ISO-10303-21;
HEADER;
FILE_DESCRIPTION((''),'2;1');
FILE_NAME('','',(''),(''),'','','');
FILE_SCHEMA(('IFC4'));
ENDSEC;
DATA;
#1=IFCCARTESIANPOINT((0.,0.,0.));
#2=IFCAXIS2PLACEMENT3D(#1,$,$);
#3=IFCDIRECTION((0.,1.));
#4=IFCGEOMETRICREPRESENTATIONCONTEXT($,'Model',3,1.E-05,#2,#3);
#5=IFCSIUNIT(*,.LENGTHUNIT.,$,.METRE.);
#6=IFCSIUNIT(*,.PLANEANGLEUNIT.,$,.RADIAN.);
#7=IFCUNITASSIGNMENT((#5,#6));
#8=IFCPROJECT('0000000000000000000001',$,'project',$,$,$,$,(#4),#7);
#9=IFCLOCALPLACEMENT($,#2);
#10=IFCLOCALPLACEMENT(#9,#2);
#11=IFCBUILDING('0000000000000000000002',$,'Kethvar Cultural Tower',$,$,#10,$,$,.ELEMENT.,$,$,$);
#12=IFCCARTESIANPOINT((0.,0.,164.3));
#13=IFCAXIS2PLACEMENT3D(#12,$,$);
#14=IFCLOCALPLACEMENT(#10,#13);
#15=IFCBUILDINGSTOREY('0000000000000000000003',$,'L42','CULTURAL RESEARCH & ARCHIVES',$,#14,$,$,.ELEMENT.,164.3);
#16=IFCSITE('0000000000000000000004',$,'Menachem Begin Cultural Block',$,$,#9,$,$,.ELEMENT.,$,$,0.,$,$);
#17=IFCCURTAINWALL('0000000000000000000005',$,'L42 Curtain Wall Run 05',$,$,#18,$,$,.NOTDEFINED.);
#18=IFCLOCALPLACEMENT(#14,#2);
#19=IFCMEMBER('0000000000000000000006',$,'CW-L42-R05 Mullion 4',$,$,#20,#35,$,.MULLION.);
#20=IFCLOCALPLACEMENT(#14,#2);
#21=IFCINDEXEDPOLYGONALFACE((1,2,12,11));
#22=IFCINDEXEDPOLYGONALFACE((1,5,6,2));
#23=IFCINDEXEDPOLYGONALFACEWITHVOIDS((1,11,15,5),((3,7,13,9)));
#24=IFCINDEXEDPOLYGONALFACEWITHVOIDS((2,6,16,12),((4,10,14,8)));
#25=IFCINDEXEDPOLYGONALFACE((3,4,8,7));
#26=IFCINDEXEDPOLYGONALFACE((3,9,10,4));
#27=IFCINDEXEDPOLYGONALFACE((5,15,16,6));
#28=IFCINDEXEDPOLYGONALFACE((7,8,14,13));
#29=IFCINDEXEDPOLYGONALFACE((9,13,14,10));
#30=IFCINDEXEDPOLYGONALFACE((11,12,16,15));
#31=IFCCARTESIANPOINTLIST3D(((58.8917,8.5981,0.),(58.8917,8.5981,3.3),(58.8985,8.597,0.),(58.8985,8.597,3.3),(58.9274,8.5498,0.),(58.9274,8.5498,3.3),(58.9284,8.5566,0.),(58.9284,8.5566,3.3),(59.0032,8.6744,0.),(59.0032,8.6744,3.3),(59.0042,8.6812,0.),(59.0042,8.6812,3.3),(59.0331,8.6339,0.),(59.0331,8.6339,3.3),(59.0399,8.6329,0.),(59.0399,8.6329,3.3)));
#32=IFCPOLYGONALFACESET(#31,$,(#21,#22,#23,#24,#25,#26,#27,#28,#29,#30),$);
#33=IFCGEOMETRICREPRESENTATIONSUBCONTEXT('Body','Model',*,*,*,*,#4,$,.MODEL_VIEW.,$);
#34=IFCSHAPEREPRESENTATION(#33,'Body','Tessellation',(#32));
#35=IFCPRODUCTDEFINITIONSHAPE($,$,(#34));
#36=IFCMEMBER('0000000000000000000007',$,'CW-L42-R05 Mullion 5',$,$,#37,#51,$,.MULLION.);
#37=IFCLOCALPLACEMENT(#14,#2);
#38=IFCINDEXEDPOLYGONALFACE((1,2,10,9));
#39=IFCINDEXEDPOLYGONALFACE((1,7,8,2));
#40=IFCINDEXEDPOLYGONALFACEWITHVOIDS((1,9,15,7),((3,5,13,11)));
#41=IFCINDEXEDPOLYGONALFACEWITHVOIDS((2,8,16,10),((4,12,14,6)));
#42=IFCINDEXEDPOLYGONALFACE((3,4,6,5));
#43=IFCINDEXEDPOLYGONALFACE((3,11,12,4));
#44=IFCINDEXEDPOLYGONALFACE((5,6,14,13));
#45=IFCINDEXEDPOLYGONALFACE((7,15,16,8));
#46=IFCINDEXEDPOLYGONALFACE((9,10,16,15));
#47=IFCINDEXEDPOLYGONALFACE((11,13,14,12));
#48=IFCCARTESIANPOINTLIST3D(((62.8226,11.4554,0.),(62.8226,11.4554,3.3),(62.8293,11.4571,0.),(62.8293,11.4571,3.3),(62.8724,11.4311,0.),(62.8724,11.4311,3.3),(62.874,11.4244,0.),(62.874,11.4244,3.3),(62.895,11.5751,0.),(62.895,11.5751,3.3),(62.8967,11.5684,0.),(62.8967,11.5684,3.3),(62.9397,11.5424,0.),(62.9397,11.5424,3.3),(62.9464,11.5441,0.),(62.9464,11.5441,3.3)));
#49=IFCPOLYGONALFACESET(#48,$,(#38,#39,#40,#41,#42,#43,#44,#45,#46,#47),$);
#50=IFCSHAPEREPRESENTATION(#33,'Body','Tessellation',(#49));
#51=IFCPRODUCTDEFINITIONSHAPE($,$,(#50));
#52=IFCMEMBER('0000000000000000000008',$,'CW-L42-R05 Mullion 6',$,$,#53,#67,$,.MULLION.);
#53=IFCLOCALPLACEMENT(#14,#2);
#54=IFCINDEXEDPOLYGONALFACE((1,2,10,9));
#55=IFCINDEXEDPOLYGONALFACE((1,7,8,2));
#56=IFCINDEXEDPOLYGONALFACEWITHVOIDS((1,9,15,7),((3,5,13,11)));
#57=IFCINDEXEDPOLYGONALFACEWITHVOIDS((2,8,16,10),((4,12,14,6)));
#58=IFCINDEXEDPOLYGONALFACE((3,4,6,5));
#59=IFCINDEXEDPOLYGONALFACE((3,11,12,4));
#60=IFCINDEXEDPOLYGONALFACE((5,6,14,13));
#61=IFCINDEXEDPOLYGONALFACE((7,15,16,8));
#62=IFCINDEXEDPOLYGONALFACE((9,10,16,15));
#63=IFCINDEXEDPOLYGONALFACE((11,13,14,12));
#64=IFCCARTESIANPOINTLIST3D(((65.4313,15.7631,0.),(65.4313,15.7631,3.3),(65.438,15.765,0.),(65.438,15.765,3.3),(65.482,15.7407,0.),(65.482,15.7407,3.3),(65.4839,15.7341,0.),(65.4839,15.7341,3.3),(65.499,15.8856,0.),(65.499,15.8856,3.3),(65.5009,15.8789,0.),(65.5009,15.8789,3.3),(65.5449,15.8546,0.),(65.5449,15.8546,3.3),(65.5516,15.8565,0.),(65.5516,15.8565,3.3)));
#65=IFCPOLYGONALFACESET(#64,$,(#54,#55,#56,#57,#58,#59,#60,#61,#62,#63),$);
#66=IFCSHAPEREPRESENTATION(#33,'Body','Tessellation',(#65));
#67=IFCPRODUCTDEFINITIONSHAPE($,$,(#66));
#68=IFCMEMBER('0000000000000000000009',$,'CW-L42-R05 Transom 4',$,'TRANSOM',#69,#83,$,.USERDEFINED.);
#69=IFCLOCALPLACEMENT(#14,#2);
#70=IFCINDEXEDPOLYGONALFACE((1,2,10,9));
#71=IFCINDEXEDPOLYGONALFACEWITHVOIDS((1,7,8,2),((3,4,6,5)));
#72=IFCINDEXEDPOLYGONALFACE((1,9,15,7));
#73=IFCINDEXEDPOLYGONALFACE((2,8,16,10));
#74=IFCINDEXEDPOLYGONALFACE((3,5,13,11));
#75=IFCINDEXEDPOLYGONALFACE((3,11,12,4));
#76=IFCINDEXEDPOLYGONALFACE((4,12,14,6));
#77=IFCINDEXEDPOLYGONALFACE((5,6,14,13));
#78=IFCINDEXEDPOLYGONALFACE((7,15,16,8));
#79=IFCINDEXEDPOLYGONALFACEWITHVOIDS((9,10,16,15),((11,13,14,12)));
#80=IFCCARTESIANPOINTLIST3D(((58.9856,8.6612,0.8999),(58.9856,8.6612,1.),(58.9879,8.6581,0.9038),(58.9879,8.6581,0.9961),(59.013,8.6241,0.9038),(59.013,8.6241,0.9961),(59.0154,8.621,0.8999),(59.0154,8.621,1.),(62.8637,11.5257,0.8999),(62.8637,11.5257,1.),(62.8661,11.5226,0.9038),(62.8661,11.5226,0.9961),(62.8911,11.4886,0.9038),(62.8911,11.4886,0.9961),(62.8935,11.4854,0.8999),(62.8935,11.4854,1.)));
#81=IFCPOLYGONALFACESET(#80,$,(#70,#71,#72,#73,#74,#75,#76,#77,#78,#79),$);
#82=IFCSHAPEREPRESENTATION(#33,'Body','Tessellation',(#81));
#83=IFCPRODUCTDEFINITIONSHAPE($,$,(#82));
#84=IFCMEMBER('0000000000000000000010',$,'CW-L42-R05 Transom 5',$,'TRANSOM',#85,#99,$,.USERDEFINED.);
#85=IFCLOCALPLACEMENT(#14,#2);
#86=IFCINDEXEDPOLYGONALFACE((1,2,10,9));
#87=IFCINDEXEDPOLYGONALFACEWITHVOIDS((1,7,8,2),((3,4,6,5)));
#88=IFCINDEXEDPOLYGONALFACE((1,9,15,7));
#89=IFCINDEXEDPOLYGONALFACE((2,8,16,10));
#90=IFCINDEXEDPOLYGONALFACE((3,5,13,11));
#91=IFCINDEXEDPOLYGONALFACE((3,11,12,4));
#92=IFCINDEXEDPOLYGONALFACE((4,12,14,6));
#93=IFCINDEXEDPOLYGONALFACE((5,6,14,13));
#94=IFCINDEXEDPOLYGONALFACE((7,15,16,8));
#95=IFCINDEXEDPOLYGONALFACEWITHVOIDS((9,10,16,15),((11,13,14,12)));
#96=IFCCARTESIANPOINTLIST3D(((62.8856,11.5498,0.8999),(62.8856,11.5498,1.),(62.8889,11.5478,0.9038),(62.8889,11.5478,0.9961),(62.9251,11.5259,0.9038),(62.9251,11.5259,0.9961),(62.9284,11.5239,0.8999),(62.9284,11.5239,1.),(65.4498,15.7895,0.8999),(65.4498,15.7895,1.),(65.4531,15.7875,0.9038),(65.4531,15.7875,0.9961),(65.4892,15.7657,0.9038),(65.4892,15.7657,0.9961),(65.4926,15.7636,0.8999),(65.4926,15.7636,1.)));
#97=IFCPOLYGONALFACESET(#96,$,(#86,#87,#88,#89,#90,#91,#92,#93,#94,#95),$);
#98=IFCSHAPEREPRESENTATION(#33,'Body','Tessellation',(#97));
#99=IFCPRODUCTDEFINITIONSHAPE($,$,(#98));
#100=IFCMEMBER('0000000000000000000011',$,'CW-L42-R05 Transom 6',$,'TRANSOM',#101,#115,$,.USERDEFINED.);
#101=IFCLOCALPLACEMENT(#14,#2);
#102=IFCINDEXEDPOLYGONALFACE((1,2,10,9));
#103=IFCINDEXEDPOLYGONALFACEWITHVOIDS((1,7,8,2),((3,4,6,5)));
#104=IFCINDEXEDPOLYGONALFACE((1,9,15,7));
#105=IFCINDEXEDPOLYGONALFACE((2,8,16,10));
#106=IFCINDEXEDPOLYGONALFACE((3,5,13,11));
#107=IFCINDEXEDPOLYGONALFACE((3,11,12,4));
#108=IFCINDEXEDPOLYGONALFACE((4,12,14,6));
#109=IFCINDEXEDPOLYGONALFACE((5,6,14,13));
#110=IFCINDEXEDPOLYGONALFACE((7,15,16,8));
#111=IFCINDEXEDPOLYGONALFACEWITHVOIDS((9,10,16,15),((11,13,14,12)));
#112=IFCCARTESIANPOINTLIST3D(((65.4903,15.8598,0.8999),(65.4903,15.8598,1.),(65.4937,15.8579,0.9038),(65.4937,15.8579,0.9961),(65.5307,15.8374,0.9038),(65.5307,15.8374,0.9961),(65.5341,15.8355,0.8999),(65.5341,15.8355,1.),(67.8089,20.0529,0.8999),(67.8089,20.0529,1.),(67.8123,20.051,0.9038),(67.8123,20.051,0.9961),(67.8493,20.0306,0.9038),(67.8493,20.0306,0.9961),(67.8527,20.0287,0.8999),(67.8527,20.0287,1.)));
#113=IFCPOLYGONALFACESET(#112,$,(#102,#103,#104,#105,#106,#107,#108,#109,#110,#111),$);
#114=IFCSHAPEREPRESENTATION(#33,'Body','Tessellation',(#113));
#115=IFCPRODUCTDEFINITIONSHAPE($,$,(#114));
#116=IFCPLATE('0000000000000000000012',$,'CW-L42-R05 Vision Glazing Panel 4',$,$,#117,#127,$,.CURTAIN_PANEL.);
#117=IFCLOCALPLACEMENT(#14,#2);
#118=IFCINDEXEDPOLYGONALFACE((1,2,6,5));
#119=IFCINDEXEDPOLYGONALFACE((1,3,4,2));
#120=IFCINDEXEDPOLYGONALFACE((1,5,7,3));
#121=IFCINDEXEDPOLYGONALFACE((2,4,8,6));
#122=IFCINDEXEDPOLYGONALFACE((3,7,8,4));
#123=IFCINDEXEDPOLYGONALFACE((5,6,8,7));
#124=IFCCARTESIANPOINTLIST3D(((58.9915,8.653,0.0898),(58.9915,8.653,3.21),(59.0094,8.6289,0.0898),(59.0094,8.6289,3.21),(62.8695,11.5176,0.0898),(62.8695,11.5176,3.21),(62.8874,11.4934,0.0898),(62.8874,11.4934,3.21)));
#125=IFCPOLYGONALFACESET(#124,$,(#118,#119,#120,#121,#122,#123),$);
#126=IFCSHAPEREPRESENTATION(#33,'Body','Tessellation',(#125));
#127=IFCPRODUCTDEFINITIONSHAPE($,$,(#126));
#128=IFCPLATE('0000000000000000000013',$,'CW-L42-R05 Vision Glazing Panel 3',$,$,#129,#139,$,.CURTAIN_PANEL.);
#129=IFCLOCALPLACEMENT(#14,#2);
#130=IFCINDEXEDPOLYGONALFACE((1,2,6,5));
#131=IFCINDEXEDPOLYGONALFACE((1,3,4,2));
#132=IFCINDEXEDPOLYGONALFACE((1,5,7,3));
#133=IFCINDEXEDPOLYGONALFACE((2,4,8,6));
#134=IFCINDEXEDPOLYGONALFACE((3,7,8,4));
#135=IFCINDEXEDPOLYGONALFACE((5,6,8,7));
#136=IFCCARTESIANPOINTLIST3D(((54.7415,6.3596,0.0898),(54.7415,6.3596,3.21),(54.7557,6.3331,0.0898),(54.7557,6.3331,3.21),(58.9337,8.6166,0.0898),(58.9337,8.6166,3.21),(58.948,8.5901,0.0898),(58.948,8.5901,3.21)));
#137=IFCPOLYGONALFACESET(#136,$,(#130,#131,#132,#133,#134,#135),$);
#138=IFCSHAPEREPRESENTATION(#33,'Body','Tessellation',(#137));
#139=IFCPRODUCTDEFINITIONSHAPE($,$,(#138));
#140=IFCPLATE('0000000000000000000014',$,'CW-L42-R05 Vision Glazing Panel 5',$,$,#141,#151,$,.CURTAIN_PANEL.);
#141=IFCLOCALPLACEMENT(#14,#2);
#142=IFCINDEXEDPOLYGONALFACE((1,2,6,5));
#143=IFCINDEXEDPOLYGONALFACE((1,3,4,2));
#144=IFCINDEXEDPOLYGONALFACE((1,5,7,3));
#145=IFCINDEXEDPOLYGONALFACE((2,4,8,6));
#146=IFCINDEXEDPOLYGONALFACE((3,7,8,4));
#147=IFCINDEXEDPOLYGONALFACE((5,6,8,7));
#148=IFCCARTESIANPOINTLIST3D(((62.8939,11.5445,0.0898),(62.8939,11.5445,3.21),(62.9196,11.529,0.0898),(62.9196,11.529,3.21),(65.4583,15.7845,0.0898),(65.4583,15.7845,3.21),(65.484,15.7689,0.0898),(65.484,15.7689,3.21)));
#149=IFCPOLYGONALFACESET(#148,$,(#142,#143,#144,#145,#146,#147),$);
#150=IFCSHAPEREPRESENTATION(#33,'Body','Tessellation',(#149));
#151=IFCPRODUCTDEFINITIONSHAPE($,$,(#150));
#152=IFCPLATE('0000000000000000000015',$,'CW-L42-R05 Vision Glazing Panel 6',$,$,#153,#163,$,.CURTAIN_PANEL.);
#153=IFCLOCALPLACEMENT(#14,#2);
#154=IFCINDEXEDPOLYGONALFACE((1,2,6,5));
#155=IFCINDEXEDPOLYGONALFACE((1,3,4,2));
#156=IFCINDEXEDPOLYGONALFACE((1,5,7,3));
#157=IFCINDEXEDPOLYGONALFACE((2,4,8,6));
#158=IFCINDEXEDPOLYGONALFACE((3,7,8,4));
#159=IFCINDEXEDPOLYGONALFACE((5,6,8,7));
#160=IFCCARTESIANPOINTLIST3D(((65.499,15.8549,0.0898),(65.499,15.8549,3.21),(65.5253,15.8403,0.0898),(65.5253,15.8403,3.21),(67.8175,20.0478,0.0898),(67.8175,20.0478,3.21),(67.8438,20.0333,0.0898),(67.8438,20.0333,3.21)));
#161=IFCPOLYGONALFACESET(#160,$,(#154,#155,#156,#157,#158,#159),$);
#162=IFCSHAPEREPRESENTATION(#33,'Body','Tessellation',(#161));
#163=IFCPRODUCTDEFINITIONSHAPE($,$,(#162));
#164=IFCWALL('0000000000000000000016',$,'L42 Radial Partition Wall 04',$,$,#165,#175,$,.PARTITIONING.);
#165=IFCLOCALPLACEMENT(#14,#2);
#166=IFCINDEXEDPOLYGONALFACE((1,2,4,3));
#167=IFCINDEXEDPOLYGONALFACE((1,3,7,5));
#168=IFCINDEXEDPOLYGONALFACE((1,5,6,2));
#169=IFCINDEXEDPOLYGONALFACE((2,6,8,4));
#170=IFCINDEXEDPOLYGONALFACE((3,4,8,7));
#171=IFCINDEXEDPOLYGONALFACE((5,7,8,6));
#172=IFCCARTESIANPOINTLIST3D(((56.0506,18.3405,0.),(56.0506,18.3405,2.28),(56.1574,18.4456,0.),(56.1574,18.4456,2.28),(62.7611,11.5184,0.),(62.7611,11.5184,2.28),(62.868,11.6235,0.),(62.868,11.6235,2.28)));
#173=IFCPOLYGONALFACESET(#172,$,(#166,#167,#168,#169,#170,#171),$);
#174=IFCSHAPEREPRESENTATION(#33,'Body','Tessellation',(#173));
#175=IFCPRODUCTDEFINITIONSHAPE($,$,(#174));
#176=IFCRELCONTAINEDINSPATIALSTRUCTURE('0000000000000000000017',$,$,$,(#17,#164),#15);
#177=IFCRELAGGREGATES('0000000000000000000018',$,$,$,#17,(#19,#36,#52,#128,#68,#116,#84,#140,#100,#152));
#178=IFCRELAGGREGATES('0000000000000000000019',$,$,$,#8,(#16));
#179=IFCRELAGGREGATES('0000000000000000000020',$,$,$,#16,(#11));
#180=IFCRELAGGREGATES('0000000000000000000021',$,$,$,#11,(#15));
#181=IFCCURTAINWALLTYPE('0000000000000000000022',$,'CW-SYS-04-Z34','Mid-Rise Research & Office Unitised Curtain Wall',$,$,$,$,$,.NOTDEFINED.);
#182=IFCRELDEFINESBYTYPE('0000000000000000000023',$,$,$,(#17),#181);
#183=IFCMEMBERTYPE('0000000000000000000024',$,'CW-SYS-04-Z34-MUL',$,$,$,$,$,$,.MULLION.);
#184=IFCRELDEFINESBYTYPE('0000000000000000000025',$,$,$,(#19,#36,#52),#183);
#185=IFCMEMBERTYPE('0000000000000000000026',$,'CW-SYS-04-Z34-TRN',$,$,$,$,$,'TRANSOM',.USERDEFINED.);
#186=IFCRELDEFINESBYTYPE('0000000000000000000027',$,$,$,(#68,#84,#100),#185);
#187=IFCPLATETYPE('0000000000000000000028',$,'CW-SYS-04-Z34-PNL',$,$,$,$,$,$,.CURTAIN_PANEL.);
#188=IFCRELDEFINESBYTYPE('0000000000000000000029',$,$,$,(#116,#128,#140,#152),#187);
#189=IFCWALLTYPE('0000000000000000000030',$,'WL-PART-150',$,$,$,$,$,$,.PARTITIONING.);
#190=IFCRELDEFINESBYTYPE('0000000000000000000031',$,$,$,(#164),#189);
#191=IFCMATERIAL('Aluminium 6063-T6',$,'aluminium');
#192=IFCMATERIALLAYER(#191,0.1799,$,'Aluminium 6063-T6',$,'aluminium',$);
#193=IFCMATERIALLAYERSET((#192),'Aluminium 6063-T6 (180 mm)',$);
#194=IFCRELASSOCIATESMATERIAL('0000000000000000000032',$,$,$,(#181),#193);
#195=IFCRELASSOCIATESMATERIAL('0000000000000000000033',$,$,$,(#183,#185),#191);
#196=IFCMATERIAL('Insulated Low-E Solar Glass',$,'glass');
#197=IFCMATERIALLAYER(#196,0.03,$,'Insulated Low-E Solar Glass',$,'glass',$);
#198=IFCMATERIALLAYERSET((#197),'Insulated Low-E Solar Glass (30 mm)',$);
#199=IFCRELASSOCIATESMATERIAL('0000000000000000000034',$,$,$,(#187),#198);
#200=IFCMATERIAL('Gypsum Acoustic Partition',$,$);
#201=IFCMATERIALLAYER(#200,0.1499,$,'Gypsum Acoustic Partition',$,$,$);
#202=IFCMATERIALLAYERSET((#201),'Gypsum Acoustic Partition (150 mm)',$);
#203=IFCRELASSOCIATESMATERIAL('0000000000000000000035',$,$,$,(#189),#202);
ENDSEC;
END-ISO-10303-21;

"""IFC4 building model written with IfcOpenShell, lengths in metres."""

from ifc_helpers import new_model, si_unit, direction, frame, frame_2d, origin, origin_2d, place, context, subcontext, project, spatial, rectangle, hollow_rectangle, extrude, source, transform, mapped, material, layer, layer_set, material_profile, profile_set, type_object, element, aggregate, save


model = new_model("IFC4")

# Units and contexts
model_context = context("Model", 3, precision=1e-05, world=origin(), true_north=direction((0.0, 1.0)))
body_context = subcontext(model_context, "Body", "Model", "MODEL_VIEW")
ifc_project = project(units=[si_unit("LENGTHUNIT", "METRE"), si_unit("PLANEANGLEUNIT", "RADIAN")], contexts=[model_context])

# Site, building, storey
site_placement = place(None, origin())
site = spatial("IfcSite", under=ifc_project, at=site_placement, Name="Menachem Begin Cultural Block", CompositionType="ELEMENT", RefElevation=0.0)
building_placement = place(site_placement, origin())
building = spatial("IfcBuilding", under=site, at=building_placement, Name="Kethvar Cultural Tower", CompositionType="ELEMENT")
storey_placement = place(building_placement, frame((0.0, 0.0, 164.3)))
storey = spatial("IfcBuildingStorey", under=building, at=storey_placement, Name="L42", Description="CULTURAL RESEARCH & ARCHIVES", CompositionType="ELEMENT", Elevation=164.3)

# Curtain wall, members, plates
ifc_material_1 = material(Name="Aluminium 6063-T6", Category="aluminium")
ifc_layer_1 = layer(ifc_material_1, 0.1799, Name="Aluminium 6063-T6", Category="aluminium")
ifc_layer_set_1 = layer_set([ifc_layer_1], Name="Aluminium 6063-T6 (180 mm)")
curtain_wall_type = type_object("IfcCurtainWallType", Name="CW-SYS-04-Z34", Description="Mid-Rise Research & Office Unitised Curtain Wall", PredefinedType="NOTDEFINED", material=ifc_layer_set_1)
curtain_wall_placement = place(storey_placement, origin())
curtain_wall = element("IfcCurtainWall", 1, at=curtain_wall_placement, inside=storey, type_object=curtain_wall_type, Name="L42 Curtain Wall Run 05", PredefinedType="NOTDEFINED")
ifc_material_profile_1 = material_profile(ifc_material_1, hollow_rectangle(XDim=0.0601, YDim=0.1399, WallThickness=0.0049, at=origin_2d()), Name="Aluminium 6063-T6 — RHS140x60x5")
ifc_profile_set_1 = profile_set([ifc_material_profile_1], Name="Aluminium 6063-T6 — RHS140x60x5")
member_type_1 = type_object("IfcMemberType", Name="CW-SYS-04-Z34-MUL", PredefinedType="MULLION", material=ifc_profile_set_1)
shared_shape_1 = source(origin(), body_context, "Body", "SweptSolid", [
    extrude(hollow_rectangle(XDim=0.0601, YDim=0.1399, WallThickness=0.0049, at=origin_2d()), origin(), (0.0, 0.0, 1.0), 3.3),
])
member_1_placement = place(storey_placement, frame((58.9658, 8.6155, 0.0), z_axis=(0.0, 0.0, 1.0), x_axis=(-0.594149, 0.804355, 0.0)))
member_1 = element("IfcMember", 2, at=member_1_placement, type_object=member_type_1, Name="CW-L42-R05 Mullion 4", PredefinedType="MULLION", context=body_context, shape_type="MappedRepresentation", body=[
    mapped(shared_shape_1, transform((0.0, 0.0, 0.0), scale=1.0)),
])
member_2_placement = place(storey_placement, frame((62.8845, 11.4998, 0.0), z_axis=(0.0, 0.0, 1.0), x_axis=(-0.855672, 0.517519, 0.0)))
member_2 = element("IfcMember", 3, at=member_2_placement, type_object=member_type_1, Name="CW-L42-R05 Mullion 5", PredefinedType="MULLION", context=body_context, shape_type="MappedRepresentation", body=[
    mapped(shared_shape_1, transform((0.0, 0.0, 0.0), scale=1.0)),
])
member_3_placement = place(storey_placement, frame((65.4915, 15.8098, 0.0), z_axis=(0.0, 0.0, 1.0), x_axis=(-0.875127, 0.483893, 0.0)))
member_3 = element("IfcMember", 4, at=member_3_placement, type_object=member_type_1, Name="CW-L42-R05 Mullion 6", PredefinedType="MULLION", context=body_context, shape_type="MappedRepresentation", body=[
    mapped(shared_shape_1, transform((0.0, 0.0, 0.0), scale=1.0)),
])
ifc_material_profile_2 = material_profile(ifc_material_1, hollow_rectangle(XDim=0.05, YDim=0.1001, WallThickness=0.0039, at=origin_2d()), Name="Aluminium 6063-T6 — RHS100x50x4")
ifc_profile_set_2 = profile_set([ifc_material_profile_2], Name="Aluminium 6063-T6 — RHS100x50x4")
member_type_2 = type_object("IfcMemberType", Name="CW-SYS-04-Z34-TRN", ElementType="TRANSOM", PredefinedType="USERDEFINED", material=ifc_profile_set_2)
shared_shape_2 = source(origin(), body_context, "Body", "SweptSolid", [
    extrude(hollow_rectangle(XDim=0.05, YDim=0.1001, WallThickness=0.0039, at=origin_2d()), origin(), (0.0, 0.0, 1.0), 4.8213),
])
member_4_placement = place(storey_placement, frame((59.0005, 8.6411, 0.95), z_axis=(0.804372, 0.594126, 0.0), x_axis=(-0.594126, 0.804372, 0.0)))
member_4 = element("IfcMember", 5, at=member_4_placement, type_object=member_type_2, Name="CW-L42-R05 Transom 4", ObjectType="TRANSOM", PredefinedType="USERDEFINED", context=body_context, shape_type="MappedRepresentation", body=[
    mapped(shared_shape_2, transform((0.0, 0.0, 0.0), scale=1.0)),
])
shared_shape_3 = source(origin(), body_context, "Body", "SweptSolid", [
    extrude(hollow_rectangle(XDim=0.05, YDim=0.1001, WallThickness=0.0039, at=origin_2d()), origin(), (0.0, 0.0, 1.0), 4.9548),
])
member_5_placement = place(storey_placement, frame((62.907, 11.5369, 0.95), z_axis=(0.517514, 0.855675, 0.0), x_axis=(-0.855675, 0.517514, 0.0)))
member_5 = element("IfcMember", 6, at=member_5_placement, type_object=member_type_2, Name="CW-L42-R05 Transom 5", ObjectType="TRANSOM", PredefinedType="USERDEFINED", context=body_context, shape_type="MappedRepresentation", body=[
    mapped(shared_shape_3, transform((0.0, 0.0, 0.0), scale=1.0)),
])
shared_shape_4 = source(origin(), body_context, "Body", "SweptSolid", [
    extrude(hollow_rectangle(XDim=0.05, YDim=0.1001, WallThickness=0.0039, at=origin_2d()), origin(), (0.0, 0.0, 1.0), 4.7915),
])
member_6_placement = place(storey_placement, frame((65.5122, 15.8477, 0.95), z_axis=(0.483903, 0.875122, 0.0), x_axis=(-0.875122, 0.483903, 0.0)))
member_6 = element("IfcMember", 7, at=member_6_placement, type_object=member_type_2, Name="CW-L42-R05 Transom 6", ObjectType="TRANSOM", PredefinedType="USERDEFINED", context=body_context, shape_type="MappedRepresentation", body=[
    mapped(shared_shape_4, transform((0.0, 0.0, 0.0), scale=1.0)),
])
ifc_material_2 = material(Name="Insulated Low-E Solar Glass", Category="glass")
ifc_layer_2 = layer(ifc_material_2, 0.03, Name="Insulated Low-E Solar Glass", Category="glass")
ifc_layer_set_2 = layer_set([ifc_layer_2], Name="Insulated Low-E Solar Glass (30 mm)")
plate_type = type_object("IfcPlateType", Name="CW-SYS-04-Z34-PNL", PredefinedType="CURTAIN_PANEL", material=ifc_layer_set_2)
shared_shape_5 = source(origin(), body_context, "Body", "SweptSolid", [
    extrude(rectangle(XDim=4.8213, YDim=0.03, at=origin_2d()), origin(), (0.0, 0.0, 1.0), 3.1201),
])
plate_1_placement = place(storey_placement, frame((60.9395, 10.0732, 0.0898), z_axis=(0.0, 0.0, 1.0), x_axis=(0.804355, 0.594149, 0.0)))
plate_1 = element("IfcPlate", 8, at=plate_1_placement, type_object=plate_type, Name="CW-L42-R05 Vision Glazing Panel 4", PredefinedType="CURTAIN_PANEL", context=body_context, shape_type="MappedRepresentation", body=[
    mapped(shared_shape_5, transform((0.0, 0.0, 0.0), scale=1.0)),
])
shared_shape_6 = source(origin(), body_context, "Body", "SweptSolid", [
    extrude(rectangle(XDim=4.7612, YDim=0.03, at=origin_2d()), origin(), (0.0, 0.0, 1.0), 3.1201),
])
plate_2_placement = place(storey_placement, frame((56.8447, 7.4749, 0.0898), z_axis=(0.0, 0.0, 1.0), x_axis=(0.880502, 0.474042, 0.0)))
plate_2 = element("IfcPlate", 9, at=plate_2_placement, type_object=plate_type, Name="CW-L42-R05 Vision Glazing Panel 3", PredefinedType="CURTAIN_PANEL", context=body_context, shape_type="MappedRepresentation", body=[
    mapped(shared_shape_6, transform((0.0, 0.0, 0.0), scale=1.0)),
])
shared_shape_7 = source(origin(), body_context, "Body", "SweptSolid", [
    extrude(rectangle(XDim=4.9551, YDim=0.03, at=origin_2d()), origin(), (0.0, 0.0, 1.0), 3.1201),
])
plate_3_placement = place(storey_placement, frame((64.189, 13.6567, 0.0898), z_axis=(0.0, 0.0, 1.0), x_axis=(0.517519, 0.855672, 0.0)))
plate_3 = element("IfcPlate", 10, at=plate_3_placement, type_object=plate_type, Name="CW-L42-R05 Vision Glazing Panel 5", PredefinedType="CURTAIN_PANEL", context=body_context, shape_type="MappedRepresentation", body=[
    mapped(shared_shape_7, transform((0.0, 0.0, 0.0), scale=1.0)),
])
shared_shape_8 = source(origin(), body_context, "Body", "SweptSolid", [
    extrude(rectangle(XDim=4.7913, YDim=0.03, at=origin_2d()), origin(), (0.0, 0.0, 1.0), 3.1201),
])
plate_4_placement = place(storey_placement, frame((66.6714, 17.9441, 0.0898), z_axis=(0.0, 0.0, 1.0), x_axis=(0.483893, 0.875127, 0.0)))
plate_4 = element("IfcPlate", 11, at=plate_4_placement, type_object=plate_type, Name="CW-L42-R05 Vision Glazing Panel 6", PredefinedType="CURTAIN_PANEL", context=body_context, shape_type="MappedRepresentation", body=[
    mapped(shared_shape_8, transform((0.0, 0.0, 0.0), scale=1.0)),
])
aggregate(curtain_wall, [member_1, member_2, member_3, plate_2, member_4, plate_1, member_5, plate_3, member_6, plate_4])

# Wall
ifc_material_3 = material(Name="Gypsum Acoustic Partition")
ifc_layer_3 = layer(ifc_material_3, 0.1499, Name="Gypsum Acoustic Partition")
ifc_layer_set_3 = layer_set([ifc_layer_3], Name="Gypsum Acoustic Partition (150 mm)")
wall_type = type_object("IfcWallType", Name="WL-PART-150", PredefinedType="PARTITIONING", material=ifc_layer_set_3)
wall_placement = place(storey_placement, frame((56.104, 18.3931, 0.0), z_axis=(0.0, 0.0, 1.0), x_axis=(0.701253, -0.712912, 0.0)))
element("IfcWall", 12, at=wall_placement, inside=storey, type_object=wall_type, Name="L42 Radial Partition Wall 04", PredefinedType="PARTITIONING", context=body_context, shape_type="SweptSolid", body=[
    extrude(rectangle(XDim=9.5693, YDim=0.1499, at=frame_2d((4.7847, 0.0))), origin(), (0.0, 0.0, 1.0), 2.28),
])

save(model, "model.ifc")
